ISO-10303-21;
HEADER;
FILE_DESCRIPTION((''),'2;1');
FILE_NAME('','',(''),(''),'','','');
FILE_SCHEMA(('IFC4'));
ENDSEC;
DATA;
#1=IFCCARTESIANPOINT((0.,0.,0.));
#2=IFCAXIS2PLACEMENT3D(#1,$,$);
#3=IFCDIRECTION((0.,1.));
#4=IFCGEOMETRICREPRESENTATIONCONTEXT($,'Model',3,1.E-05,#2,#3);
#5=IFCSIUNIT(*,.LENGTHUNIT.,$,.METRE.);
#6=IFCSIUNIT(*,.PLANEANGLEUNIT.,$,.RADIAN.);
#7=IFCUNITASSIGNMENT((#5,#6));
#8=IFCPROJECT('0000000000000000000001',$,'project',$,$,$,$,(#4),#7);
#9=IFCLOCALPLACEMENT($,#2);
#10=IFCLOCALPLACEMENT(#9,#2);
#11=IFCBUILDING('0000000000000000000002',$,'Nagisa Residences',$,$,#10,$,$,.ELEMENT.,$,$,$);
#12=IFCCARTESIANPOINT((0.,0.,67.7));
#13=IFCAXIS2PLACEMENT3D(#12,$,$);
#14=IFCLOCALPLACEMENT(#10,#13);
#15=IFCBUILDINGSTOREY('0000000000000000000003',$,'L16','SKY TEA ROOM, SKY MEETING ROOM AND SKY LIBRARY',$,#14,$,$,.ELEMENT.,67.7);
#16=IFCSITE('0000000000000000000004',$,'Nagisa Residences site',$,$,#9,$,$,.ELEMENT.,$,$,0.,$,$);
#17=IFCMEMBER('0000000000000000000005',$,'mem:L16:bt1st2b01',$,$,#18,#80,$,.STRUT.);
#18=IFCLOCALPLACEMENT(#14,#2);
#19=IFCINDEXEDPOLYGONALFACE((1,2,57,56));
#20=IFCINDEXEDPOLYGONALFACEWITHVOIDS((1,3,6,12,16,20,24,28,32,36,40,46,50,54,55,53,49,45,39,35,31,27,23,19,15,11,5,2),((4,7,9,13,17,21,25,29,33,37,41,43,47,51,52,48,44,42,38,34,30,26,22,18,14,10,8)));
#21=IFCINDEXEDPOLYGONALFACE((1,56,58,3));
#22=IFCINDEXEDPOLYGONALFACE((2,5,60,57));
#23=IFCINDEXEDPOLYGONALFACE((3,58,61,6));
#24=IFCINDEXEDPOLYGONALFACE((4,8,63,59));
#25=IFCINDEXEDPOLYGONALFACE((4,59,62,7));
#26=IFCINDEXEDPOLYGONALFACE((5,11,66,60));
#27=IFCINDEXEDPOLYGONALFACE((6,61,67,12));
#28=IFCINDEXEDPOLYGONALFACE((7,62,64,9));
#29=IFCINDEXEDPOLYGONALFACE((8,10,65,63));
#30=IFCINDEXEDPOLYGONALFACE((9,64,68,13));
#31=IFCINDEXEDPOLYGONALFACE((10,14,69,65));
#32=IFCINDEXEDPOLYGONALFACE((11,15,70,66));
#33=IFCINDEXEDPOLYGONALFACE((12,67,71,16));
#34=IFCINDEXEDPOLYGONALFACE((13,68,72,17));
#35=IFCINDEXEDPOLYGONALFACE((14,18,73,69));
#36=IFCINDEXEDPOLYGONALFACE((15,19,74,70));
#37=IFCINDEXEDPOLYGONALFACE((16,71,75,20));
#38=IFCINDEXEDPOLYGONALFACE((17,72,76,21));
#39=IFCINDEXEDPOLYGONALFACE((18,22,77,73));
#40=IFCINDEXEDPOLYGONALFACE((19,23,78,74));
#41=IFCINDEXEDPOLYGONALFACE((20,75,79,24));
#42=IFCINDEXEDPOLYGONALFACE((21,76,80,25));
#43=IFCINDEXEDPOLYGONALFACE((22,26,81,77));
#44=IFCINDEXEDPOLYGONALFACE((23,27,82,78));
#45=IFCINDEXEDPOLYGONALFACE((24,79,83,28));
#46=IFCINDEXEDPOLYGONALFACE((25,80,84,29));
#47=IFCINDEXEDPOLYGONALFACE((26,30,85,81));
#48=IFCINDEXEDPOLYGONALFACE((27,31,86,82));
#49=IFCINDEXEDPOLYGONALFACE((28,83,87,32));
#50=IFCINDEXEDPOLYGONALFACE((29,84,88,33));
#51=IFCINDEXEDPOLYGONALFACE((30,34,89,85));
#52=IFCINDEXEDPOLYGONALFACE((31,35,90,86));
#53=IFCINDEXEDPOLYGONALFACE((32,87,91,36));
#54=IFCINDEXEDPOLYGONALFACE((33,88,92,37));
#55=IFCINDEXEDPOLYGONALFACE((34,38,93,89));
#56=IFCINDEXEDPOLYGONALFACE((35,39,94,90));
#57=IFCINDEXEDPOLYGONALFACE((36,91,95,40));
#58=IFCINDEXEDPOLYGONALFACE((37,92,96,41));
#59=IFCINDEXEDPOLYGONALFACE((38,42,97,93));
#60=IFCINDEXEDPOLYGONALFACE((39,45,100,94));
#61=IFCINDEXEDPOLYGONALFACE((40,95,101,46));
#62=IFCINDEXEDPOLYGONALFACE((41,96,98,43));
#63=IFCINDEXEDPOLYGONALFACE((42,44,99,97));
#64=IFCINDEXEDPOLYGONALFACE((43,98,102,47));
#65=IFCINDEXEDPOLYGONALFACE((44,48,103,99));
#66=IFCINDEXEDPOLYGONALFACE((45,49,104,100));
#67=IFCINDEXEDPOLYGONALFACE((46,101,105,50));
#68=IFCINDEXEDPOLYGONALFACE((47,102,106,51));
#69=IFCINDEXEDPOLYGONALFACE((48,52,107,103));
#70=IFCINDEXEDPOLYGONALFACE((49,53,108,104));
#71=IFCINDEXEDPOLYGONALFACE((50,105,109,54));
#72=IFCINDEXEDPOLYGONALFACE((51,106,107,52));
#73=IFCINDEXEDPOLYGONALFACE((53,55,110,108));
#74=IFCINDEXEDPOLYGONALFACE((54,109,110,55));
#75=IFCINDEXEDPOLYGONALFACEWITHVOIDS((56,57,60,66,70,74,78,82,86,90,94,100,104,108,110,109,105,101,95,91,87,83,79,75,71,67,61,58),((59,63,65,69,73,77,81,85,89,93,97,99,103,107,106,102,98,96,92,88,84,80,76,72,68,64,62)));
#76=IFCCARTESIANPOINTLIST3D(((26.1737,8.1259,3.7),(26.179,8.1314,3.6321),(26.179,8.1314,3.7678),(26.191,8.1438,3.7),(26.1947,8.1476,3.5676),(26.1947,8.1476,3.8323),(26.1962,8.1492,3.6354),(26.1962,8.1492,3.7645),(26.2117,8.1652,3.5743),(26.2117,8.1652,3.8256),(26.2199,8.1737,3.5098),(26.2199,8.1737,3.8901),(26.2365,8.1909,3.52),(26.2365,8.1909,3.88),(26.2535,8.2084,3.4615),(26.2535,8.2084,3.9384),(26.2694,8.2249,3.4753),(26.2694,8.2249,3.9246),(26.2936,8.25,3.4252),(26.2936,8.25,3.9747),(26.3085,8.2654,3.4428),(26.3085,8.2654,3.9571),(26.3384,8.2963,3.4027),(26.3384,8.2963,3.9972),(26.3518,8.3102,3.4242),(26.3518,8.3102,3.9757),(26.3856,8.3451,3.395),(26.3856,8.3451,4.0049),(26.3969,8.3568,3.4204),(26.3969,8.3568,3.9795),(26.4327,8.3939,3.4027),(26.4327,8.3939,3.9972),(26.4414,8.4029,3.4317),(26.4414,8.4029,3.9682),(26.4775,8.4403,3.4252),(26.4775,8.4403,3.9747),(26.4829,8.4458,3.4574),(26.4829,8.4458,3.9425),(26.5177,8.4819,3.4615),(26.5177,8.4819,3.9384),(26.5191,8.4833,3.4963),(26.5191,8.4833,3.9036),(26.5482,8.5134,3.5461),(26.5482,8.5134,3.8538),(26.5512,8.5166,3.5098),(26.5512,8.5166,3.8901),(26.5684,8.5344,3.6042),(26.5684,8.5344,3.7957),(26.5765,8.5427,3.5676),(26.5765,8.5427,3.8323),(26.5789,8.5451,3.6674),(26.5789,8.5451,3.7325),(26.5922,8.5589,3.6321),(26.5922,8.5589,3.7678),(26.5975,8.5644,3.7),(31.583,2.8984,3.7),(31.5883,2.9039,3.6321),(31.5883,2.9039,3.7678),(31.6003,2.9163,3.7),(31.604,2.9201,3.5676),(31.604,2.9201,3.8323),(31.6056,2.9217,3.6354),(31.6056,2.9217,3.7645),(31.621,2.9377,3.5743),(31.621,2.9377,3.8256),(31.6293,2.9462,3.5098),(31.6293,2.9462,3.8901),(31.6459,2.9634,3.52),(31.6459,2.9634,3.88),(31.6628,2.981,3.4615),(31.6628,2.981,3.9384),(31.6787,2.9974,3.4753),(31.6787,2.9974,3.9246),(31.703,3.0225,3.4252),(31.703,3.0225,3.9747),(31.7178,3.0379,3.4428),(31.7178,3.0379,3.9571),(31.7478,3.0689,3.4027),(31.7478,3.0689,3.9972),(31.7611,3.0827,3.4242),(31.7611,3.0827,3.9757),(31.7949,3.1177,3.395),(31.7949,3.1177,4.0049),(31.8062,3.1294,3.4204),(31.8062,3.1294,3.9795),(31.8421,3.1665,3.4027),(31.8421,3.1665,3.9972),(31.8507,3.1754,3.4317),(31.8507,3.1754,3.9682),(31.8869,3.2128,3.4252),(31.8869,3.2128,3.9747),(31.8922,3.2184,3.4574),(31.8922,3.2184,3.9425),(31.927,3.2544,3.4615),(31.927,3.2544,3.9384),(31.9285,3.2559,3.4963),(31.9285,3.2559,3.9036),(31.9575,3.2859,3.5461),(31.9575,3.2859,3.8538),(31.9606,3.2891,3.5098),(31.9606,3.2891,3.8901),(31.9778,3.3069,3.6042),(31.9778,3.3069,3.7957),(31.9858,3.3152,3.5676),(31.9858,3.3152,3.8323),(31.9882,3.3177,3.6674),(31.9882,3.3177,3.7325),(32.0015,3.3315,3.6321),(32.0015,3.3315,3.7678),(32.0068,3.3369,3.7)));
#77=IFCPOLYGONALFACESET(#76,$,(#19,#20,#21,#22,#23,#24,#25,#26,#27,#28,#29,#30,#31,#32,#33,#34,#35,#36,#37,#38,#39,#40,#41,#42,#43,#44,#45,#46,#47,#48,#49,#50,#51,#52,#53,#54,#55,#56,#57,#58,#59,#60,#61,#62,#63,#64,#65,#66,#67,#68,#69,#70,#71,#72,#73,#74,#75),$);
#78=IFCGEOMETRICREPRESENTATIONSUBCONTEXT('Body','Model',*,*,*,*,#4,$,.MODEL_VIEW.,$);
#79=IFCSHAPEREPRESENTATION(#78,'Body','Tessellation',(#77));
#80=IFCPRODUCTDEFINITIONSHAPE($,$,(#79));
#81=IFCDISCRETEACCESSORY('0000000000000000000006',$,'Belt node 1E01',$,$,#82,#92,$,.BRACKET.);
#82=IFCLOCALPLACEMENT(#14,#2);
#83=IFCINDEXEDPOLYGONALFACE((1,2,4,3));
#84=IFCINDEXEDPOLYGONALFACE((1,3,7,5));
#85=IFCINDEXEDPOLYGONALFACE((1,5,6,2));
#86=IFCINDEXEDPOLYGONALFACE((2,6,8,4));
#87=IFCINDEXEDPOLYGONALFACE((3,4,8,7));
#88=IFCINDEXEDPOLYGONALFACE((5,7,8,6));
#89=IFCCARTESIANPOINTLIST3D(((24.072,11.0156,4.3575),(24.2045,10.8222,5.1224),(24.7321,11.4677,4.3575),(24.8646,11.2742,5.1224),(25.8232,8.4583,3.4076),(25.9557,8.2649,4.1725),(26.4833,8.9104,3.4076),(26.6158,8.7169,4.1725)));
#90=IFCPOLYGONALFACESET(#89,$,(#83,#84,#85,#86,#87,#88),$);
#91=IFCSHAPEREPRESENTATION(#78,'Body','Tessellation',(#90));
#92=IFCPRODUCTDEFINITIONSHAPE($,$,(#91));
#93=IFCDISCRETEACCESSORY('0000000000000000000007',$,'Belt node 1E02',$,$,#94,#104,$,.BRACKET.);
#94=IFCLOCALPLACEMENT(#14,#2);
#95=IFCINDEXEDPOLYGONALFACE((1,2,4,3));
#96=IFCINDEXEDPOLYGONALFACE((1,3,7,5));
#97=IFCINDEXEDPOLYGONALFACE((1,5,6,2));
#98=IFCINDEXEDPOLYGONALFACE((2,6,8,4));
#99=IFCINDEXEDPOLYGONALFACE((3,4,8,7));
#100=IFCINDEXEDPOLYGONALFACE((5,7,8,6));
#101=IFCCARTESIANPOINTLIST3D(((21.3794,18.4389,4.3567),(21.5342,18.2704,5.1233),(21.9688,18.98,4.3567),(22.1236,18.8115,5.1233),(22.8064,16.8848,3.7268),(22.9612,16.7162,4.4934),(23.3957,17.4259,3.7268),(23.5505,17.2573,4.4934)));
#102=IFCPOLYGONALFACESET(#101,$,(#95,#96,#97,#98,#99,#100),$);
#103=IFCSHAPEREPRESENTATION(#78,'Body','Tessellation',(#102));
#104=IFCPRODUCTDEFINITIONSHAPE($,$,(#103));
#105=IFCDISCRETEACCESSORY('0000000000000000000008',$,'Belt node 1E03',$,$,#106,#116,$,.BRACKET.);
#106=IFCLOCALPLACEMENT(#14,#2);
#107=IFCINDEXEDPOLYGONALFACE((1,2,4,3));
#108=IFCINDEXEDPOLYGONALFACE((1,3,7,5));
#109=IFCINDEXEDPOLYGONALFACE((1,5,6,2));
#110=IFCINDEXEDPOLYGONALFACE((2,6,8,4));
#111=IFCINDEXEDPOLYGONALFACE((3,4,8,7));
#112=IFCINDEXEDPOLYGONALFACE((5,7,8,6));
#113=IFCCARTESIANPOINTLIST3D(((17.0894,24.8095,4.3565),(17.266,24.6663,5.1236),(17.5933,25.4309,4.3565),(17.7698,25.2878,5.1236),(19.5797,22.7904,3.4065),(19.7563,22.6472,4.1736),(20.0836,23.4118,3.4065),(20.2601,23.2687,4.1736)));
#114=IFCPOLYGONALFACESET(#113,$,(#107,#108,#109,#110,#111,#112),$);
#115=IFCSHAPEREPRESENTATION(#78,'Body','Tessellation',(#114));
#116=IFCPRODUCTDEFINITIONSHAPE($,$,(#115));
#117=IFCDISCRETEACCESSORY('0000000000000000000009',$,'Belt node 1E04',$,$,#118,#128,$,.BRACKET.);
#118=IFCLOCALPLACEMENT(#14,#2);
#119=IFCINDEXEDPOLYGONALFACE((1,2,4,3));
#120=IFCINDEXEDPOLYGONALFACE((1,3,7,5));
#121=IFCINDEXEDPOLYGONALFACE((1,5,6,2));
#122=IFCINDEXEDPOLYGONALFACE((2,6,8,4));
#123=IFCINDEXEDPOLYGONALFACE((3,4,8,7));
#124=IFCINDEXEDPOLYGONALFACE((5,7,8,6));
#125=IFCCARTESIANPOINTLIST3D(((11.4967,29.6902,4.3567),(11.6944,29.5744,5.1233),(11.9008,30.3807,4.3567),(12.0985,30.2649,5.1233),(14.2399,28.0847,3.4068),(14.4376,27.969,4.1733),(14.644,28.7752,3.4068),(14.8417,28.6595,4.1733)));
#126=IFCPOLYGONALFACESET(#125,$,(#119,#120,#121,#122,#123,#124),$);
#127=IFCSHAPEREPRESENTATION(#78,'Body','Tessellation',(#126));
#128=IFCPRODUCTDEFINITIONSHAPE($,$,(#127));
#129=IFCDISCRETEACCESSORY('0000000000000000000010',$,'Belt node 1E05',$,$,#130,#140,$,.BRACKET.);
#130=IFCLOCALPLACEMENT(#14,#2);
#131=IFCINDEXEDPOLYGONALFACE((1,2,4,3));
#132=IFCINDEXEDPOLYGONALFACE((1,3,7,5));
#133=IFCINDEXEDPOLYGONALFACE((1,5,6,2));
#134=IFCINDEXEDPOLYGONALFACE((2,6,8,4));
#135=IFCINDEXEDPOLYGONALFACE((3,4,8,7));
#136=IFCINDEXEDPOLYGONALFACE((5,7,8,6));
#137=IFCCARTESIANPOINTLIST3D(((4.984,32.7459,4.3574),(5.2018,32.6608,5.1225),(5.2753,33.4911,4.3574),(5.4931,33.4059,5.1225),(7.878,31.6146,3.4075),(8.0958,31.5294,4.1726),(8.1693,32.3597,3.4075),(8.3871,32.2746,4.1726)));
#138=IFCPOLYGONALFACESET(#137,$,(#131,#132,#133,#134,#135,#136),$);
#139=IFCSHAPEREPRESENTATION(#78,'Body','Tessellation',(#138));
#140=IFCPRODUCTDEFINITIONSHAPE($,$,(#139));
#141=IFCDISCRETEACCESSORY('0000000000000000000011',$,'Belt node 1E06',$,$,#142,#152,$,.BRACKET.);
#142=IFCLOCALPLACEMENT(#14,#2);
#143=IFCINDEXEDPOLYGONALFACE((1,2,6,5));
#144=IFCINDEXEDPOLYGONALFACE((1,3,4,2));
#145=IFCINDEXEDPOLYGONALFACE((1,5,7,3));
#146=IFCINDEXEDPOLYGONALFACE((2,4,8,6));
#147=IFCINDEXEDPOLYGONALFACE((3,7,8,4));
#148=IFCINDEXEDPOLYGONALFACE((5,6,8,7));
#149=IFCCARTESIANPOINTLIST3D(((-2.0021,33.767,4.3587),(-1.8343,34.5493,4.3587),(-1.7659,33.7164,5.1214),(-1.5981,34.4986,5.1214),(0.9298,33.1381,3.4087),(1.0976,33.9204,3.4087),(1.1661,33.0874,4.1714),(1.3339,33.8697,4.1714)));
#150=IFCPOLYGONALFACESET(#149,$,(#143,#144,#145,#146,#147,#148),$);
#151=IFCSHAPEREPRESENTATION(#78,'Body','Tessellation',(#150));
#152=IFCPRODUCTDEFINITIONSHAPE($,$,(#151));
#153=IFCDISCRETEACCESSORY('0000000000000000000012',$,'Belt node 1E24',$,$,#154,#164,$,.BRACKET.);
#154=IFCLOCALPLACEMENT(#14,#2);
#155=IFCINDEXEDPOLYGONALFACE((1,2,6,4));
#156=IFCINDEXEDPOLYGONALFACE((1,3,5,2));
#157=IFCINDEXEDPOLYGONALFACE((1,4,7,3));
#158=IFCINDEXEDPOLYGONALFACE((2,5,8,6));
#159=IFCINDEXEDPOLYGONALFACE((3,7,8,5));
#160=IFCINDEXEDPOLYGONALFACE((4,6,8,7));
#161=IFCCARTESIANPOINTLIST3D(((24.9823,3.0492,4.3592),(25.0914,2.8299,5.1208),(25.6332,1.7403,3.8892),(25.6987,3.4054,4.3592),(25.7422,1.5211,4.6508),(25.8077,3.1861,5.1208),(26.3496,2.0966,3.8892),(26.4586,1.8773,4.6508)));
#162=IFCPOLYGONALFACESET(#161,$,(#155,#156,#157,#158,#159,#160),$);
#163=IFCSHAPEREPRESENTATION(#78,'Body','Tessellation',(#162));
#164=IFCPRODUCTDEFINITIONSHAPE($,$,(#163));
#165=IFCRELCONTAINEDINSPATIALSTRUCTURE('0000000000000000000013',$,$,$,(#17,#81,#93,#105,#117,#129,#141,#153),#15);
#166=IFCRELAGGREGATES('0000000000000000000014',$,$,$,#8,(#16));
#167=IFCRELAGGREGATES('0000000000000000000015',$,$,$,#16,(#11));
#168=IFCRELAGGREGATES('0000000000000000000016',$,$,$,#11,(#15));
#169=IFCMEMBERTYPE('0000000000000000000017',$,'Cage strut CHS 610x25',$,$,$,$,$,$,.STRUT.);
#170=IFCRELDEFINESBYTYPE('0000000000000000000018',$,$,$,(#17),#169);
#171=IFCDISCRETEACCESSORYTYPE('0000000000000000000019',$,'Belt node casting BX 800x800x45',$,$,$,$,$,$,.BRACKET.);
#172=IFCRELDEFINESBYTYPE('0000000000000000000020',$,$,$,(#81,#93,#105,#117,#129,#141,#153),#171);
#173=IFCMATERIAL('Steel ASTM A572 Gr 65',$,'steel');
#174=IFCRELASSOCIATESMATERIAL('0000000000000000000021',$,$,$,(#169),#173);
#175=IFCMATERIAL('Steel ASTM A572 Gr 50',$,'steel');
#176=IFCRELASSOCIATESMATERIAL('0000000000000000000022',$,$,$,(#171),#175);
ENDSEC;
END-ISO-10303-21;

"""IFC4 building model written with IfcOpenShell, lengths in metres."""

from ifc_helpers import new_model, si_unit, direction, frame, origin, origin_2d, place, context, subcontext, project, spatial, rectangle, hollow_circle, extrude, material, material_profile, profile_set, type_object, element, save


model = new_model("IFC4")

# Units and contexts
model_context = context("Model", 3, precision=1e-05, world=origin(), true_north=direction((0.0, 1.0)))
body_context = subcontext(model_context, "Body", "Model", "MODEL_VIEW")
ifc_project = project(units=[si_unit("LENGTHUNIT", "METRE"), si_unit("PLANEANGLEUNIT", "RADIAN")], contexts=[model_context])

# Site, building, storey
site_placement = place(None, origin())
site = spatial("IfcSite", under=ifc_project, at=site_placement, Name="Nagisa Residences site", CompositionType="ELEMENT", RefElevation=0.0)
building_placement = place(site_placement, origin())
building = spatial("IfcBuilding", under=site, at=building_placement, Name="Nagisa Residences", CompositionType="ELEMENT")
storey_placement = place(building_placement, frame((0.0, 0.0, 67.7)))
storey = spatial("IfcBuildingStorey", under=building, at=storey_placement, Name="L16", Description="SKY TEA ROOM, SKY MEETING ROOM AND SKY LIBRARY", CompositionType="ELEMENT", Elevation=67.7)

# Member
ifc_material_1 = material(Name="Steel ASTM A572 Gr 65", Category="steel")
ifc_material_profile_1 = material_profile(ifc_material_1, hollow_circle(Radius=0.3049, WallThickness=0.0249, at=origin_2d()), Name="CHS 610x25")
ifc_profile_set_1 = profile_set([ifc_material_profile_1], Name="Steel ASTM A572 Gr 65")
member_type_1 = type_object("IfcMemberType", Name="Cage strut CHS 610x25", PredefinedType="STRUT", material=ifc_profile_set_1)
member_1_placement = place(storey_placement, frame((31.7949, 3.1177, 3.7), z_axis=(-0.719093, 0.694914, 0.0), x_axis=(-0.694914, -0.719093, 0.0)))
element("IfcMember", 1, at=member_1_placement, inside=storey, type_object=member_type_1, Name="mem:L16:bt1st2b01", PredefinedType="STRUT", context=body_context, shape_type="SweptSolid", body=[
    extrude(hollow_circle(Radius=0.3049, WallThickness=0.0249, at=origin_2d()), origin(), (0.0, 0.0, 1.0), 7.5225),
])

# Discrete accessories
ifc_material_2 = material(Name="Steel ASTM A572 Gr 50", Category="steel")
discrete_accessory_type_1 = type_object("IfcDiscreteAccessoryType", Name="Belt node casting BX 800x800x45", PredefinedType="BRACKET", material=ifc_material_2)
discrete_accessory_1_placement = place(storey_placement, frame((26.2195, 8.5876, 3.79), z_axis=(-0.540198, 0.788872, 0.293031), x_axis=(-0.825091, -0.565, 0.0)))
element("IfcDiscreteAccessory", 2, at=discrete_accessory_1_placement, inside=storey, type_object=discrete_accessory_type_1, Name="Belt node 1E01", PredefinedType="BRACKET", context=body_context, shape_type="SweptSolid", body=[
    extrude(rectangle(XDim=0.8, YDim=0.8, at=origin_2d()), origin(), (0.0, 0.0, 1.0), 3.2417),
])
discrete_accessory_2_placement = place(storey_placement, frame((23.1785, 17.071, 4.1101), z_axis=(-0.64806, 0.705826, 0.286056), x_axis=(-0.736606, -0.676322, 0.0)))
element("IfcDiscreteAccessory", 3, at=discrete_accessory_2_placement, inside=storey, type_object=discrete_accessory_type_1, Name="Belt node 1E02", PredefinedType="BRACKET", context=body_context, shape_type="SweptSolid", body=[
    extrude(rectangle(XDim=0.8, YDim=0.8, at=origin_2d()), origin(), (0.0, 0.0, 1.0), 2.2019),
])
discrete_accessory_3_placement = place(storey_placement, frame((19.9199, 23.0295, 3.79), z_axis=(-0.744758, 0.603838, 0.284103), x_axis=(-0.62979, -0.776766, 0.0)))
element("IfcDiscreteAccessory", 4, at=discrete_accessory_3_placement, inside=storey, type_object=discrete_accessory_type_1, Name="Belt node 1E03", PredefinedType="BRACKET", context=body_context, shape_type="SweptSolid", body=[
    extrude(rectangle(XDim=0.8, YDim=0.8, at=origin_2d()), origin(), (0.0, 0.0, 1.0), 3.3438),
])
discrete_accessory_4_placement = place(storey_placement, frame((14.5408, 28.3721, 3.79), z_axis=(-0.826911, 0.48396, 0.286357), x_axis=(-0.505112, -0.863054, 0.0)))
element("IfcDiscreteAccessory", 5, at=discrete_accessory_4_placement, inside=storey, type_object=discrete_accessory_type_1, Name="Belt node 1E04", PredefinedType="BRACKET", context=body_context, shape_type="SweptSolid", body=[
    extrude(rectangle(XDim=0.8, YDim=0.8, at=origin_2d()), origin(), (0.0, 0.0, 1.0), 3.3174),
])
discrete_accessory_5_placement = place(storey_placement, frame((8.1326, 31.9446, 3.79), z_axis=(-0.890671, 0.348184, 0.292357), x_axis=(-0.364091, -0.931363, 0.0)))
element("IfcDiscreteAccessory", 6, at=discrete_accessory_5_placement, inside=storey, type_object=discrete_accessory_type_1, Name="Belt node 1E05", PredefinedType="BRACKET", context=body_context, shape_type="SweptSolid", body=[
    extrude(rectangle(XDim=0.8, YDim=0.8, at=origin_2d()), origin(), (0.0, 0.0, 1.0), 3.2493),
])
discrete_accessory_6_placement = place(storey_placement, frame((1.1318, 33.5039, 3.79), z_axis=(-0.932102, 0.199941, 0.302008), x_axis=(-0.209735, -0.977758, 0.0)))
element("IfcDiscreteAccessory", 7, at=discrete_accessory_6_placement, inside=storey, type_object=discrete_accessory_type_1, Name="Belt node 1E06", PredefinedType="BRACKET", context=body_context, shape_type="SweptSolid", body=[
    extrude(rectangle(XDim=0.8, YDim=0.8, at=origin_2d()), origin(), (0.0, 0.0, 1.0), 3.1455),
])
discrete_accessory_7_placement = place(storey_placement, frame((26.0459, 1.8088, 4.27), z_axis=(-0.423904, 0.852419, 0.306082), x_axis=(-0.895394, -0.445275, 0.0)))
element("IfcDiscreteAccessory", 8, at=discrete_accessory_7_placement, inside=storey, type_object=discrete_accessory_type_1, Name="Belt node 1E24", PredefinedType="BRACKET", context=body_context, shape_type="SweptSolid", body=[
    extrude(rectangle(XDim=0.8, YDim=0.8, at=origin_2d()), origin(), (0.0, 0.0, 1.0), 1.5354),
])

save(model, "model.ifc")
